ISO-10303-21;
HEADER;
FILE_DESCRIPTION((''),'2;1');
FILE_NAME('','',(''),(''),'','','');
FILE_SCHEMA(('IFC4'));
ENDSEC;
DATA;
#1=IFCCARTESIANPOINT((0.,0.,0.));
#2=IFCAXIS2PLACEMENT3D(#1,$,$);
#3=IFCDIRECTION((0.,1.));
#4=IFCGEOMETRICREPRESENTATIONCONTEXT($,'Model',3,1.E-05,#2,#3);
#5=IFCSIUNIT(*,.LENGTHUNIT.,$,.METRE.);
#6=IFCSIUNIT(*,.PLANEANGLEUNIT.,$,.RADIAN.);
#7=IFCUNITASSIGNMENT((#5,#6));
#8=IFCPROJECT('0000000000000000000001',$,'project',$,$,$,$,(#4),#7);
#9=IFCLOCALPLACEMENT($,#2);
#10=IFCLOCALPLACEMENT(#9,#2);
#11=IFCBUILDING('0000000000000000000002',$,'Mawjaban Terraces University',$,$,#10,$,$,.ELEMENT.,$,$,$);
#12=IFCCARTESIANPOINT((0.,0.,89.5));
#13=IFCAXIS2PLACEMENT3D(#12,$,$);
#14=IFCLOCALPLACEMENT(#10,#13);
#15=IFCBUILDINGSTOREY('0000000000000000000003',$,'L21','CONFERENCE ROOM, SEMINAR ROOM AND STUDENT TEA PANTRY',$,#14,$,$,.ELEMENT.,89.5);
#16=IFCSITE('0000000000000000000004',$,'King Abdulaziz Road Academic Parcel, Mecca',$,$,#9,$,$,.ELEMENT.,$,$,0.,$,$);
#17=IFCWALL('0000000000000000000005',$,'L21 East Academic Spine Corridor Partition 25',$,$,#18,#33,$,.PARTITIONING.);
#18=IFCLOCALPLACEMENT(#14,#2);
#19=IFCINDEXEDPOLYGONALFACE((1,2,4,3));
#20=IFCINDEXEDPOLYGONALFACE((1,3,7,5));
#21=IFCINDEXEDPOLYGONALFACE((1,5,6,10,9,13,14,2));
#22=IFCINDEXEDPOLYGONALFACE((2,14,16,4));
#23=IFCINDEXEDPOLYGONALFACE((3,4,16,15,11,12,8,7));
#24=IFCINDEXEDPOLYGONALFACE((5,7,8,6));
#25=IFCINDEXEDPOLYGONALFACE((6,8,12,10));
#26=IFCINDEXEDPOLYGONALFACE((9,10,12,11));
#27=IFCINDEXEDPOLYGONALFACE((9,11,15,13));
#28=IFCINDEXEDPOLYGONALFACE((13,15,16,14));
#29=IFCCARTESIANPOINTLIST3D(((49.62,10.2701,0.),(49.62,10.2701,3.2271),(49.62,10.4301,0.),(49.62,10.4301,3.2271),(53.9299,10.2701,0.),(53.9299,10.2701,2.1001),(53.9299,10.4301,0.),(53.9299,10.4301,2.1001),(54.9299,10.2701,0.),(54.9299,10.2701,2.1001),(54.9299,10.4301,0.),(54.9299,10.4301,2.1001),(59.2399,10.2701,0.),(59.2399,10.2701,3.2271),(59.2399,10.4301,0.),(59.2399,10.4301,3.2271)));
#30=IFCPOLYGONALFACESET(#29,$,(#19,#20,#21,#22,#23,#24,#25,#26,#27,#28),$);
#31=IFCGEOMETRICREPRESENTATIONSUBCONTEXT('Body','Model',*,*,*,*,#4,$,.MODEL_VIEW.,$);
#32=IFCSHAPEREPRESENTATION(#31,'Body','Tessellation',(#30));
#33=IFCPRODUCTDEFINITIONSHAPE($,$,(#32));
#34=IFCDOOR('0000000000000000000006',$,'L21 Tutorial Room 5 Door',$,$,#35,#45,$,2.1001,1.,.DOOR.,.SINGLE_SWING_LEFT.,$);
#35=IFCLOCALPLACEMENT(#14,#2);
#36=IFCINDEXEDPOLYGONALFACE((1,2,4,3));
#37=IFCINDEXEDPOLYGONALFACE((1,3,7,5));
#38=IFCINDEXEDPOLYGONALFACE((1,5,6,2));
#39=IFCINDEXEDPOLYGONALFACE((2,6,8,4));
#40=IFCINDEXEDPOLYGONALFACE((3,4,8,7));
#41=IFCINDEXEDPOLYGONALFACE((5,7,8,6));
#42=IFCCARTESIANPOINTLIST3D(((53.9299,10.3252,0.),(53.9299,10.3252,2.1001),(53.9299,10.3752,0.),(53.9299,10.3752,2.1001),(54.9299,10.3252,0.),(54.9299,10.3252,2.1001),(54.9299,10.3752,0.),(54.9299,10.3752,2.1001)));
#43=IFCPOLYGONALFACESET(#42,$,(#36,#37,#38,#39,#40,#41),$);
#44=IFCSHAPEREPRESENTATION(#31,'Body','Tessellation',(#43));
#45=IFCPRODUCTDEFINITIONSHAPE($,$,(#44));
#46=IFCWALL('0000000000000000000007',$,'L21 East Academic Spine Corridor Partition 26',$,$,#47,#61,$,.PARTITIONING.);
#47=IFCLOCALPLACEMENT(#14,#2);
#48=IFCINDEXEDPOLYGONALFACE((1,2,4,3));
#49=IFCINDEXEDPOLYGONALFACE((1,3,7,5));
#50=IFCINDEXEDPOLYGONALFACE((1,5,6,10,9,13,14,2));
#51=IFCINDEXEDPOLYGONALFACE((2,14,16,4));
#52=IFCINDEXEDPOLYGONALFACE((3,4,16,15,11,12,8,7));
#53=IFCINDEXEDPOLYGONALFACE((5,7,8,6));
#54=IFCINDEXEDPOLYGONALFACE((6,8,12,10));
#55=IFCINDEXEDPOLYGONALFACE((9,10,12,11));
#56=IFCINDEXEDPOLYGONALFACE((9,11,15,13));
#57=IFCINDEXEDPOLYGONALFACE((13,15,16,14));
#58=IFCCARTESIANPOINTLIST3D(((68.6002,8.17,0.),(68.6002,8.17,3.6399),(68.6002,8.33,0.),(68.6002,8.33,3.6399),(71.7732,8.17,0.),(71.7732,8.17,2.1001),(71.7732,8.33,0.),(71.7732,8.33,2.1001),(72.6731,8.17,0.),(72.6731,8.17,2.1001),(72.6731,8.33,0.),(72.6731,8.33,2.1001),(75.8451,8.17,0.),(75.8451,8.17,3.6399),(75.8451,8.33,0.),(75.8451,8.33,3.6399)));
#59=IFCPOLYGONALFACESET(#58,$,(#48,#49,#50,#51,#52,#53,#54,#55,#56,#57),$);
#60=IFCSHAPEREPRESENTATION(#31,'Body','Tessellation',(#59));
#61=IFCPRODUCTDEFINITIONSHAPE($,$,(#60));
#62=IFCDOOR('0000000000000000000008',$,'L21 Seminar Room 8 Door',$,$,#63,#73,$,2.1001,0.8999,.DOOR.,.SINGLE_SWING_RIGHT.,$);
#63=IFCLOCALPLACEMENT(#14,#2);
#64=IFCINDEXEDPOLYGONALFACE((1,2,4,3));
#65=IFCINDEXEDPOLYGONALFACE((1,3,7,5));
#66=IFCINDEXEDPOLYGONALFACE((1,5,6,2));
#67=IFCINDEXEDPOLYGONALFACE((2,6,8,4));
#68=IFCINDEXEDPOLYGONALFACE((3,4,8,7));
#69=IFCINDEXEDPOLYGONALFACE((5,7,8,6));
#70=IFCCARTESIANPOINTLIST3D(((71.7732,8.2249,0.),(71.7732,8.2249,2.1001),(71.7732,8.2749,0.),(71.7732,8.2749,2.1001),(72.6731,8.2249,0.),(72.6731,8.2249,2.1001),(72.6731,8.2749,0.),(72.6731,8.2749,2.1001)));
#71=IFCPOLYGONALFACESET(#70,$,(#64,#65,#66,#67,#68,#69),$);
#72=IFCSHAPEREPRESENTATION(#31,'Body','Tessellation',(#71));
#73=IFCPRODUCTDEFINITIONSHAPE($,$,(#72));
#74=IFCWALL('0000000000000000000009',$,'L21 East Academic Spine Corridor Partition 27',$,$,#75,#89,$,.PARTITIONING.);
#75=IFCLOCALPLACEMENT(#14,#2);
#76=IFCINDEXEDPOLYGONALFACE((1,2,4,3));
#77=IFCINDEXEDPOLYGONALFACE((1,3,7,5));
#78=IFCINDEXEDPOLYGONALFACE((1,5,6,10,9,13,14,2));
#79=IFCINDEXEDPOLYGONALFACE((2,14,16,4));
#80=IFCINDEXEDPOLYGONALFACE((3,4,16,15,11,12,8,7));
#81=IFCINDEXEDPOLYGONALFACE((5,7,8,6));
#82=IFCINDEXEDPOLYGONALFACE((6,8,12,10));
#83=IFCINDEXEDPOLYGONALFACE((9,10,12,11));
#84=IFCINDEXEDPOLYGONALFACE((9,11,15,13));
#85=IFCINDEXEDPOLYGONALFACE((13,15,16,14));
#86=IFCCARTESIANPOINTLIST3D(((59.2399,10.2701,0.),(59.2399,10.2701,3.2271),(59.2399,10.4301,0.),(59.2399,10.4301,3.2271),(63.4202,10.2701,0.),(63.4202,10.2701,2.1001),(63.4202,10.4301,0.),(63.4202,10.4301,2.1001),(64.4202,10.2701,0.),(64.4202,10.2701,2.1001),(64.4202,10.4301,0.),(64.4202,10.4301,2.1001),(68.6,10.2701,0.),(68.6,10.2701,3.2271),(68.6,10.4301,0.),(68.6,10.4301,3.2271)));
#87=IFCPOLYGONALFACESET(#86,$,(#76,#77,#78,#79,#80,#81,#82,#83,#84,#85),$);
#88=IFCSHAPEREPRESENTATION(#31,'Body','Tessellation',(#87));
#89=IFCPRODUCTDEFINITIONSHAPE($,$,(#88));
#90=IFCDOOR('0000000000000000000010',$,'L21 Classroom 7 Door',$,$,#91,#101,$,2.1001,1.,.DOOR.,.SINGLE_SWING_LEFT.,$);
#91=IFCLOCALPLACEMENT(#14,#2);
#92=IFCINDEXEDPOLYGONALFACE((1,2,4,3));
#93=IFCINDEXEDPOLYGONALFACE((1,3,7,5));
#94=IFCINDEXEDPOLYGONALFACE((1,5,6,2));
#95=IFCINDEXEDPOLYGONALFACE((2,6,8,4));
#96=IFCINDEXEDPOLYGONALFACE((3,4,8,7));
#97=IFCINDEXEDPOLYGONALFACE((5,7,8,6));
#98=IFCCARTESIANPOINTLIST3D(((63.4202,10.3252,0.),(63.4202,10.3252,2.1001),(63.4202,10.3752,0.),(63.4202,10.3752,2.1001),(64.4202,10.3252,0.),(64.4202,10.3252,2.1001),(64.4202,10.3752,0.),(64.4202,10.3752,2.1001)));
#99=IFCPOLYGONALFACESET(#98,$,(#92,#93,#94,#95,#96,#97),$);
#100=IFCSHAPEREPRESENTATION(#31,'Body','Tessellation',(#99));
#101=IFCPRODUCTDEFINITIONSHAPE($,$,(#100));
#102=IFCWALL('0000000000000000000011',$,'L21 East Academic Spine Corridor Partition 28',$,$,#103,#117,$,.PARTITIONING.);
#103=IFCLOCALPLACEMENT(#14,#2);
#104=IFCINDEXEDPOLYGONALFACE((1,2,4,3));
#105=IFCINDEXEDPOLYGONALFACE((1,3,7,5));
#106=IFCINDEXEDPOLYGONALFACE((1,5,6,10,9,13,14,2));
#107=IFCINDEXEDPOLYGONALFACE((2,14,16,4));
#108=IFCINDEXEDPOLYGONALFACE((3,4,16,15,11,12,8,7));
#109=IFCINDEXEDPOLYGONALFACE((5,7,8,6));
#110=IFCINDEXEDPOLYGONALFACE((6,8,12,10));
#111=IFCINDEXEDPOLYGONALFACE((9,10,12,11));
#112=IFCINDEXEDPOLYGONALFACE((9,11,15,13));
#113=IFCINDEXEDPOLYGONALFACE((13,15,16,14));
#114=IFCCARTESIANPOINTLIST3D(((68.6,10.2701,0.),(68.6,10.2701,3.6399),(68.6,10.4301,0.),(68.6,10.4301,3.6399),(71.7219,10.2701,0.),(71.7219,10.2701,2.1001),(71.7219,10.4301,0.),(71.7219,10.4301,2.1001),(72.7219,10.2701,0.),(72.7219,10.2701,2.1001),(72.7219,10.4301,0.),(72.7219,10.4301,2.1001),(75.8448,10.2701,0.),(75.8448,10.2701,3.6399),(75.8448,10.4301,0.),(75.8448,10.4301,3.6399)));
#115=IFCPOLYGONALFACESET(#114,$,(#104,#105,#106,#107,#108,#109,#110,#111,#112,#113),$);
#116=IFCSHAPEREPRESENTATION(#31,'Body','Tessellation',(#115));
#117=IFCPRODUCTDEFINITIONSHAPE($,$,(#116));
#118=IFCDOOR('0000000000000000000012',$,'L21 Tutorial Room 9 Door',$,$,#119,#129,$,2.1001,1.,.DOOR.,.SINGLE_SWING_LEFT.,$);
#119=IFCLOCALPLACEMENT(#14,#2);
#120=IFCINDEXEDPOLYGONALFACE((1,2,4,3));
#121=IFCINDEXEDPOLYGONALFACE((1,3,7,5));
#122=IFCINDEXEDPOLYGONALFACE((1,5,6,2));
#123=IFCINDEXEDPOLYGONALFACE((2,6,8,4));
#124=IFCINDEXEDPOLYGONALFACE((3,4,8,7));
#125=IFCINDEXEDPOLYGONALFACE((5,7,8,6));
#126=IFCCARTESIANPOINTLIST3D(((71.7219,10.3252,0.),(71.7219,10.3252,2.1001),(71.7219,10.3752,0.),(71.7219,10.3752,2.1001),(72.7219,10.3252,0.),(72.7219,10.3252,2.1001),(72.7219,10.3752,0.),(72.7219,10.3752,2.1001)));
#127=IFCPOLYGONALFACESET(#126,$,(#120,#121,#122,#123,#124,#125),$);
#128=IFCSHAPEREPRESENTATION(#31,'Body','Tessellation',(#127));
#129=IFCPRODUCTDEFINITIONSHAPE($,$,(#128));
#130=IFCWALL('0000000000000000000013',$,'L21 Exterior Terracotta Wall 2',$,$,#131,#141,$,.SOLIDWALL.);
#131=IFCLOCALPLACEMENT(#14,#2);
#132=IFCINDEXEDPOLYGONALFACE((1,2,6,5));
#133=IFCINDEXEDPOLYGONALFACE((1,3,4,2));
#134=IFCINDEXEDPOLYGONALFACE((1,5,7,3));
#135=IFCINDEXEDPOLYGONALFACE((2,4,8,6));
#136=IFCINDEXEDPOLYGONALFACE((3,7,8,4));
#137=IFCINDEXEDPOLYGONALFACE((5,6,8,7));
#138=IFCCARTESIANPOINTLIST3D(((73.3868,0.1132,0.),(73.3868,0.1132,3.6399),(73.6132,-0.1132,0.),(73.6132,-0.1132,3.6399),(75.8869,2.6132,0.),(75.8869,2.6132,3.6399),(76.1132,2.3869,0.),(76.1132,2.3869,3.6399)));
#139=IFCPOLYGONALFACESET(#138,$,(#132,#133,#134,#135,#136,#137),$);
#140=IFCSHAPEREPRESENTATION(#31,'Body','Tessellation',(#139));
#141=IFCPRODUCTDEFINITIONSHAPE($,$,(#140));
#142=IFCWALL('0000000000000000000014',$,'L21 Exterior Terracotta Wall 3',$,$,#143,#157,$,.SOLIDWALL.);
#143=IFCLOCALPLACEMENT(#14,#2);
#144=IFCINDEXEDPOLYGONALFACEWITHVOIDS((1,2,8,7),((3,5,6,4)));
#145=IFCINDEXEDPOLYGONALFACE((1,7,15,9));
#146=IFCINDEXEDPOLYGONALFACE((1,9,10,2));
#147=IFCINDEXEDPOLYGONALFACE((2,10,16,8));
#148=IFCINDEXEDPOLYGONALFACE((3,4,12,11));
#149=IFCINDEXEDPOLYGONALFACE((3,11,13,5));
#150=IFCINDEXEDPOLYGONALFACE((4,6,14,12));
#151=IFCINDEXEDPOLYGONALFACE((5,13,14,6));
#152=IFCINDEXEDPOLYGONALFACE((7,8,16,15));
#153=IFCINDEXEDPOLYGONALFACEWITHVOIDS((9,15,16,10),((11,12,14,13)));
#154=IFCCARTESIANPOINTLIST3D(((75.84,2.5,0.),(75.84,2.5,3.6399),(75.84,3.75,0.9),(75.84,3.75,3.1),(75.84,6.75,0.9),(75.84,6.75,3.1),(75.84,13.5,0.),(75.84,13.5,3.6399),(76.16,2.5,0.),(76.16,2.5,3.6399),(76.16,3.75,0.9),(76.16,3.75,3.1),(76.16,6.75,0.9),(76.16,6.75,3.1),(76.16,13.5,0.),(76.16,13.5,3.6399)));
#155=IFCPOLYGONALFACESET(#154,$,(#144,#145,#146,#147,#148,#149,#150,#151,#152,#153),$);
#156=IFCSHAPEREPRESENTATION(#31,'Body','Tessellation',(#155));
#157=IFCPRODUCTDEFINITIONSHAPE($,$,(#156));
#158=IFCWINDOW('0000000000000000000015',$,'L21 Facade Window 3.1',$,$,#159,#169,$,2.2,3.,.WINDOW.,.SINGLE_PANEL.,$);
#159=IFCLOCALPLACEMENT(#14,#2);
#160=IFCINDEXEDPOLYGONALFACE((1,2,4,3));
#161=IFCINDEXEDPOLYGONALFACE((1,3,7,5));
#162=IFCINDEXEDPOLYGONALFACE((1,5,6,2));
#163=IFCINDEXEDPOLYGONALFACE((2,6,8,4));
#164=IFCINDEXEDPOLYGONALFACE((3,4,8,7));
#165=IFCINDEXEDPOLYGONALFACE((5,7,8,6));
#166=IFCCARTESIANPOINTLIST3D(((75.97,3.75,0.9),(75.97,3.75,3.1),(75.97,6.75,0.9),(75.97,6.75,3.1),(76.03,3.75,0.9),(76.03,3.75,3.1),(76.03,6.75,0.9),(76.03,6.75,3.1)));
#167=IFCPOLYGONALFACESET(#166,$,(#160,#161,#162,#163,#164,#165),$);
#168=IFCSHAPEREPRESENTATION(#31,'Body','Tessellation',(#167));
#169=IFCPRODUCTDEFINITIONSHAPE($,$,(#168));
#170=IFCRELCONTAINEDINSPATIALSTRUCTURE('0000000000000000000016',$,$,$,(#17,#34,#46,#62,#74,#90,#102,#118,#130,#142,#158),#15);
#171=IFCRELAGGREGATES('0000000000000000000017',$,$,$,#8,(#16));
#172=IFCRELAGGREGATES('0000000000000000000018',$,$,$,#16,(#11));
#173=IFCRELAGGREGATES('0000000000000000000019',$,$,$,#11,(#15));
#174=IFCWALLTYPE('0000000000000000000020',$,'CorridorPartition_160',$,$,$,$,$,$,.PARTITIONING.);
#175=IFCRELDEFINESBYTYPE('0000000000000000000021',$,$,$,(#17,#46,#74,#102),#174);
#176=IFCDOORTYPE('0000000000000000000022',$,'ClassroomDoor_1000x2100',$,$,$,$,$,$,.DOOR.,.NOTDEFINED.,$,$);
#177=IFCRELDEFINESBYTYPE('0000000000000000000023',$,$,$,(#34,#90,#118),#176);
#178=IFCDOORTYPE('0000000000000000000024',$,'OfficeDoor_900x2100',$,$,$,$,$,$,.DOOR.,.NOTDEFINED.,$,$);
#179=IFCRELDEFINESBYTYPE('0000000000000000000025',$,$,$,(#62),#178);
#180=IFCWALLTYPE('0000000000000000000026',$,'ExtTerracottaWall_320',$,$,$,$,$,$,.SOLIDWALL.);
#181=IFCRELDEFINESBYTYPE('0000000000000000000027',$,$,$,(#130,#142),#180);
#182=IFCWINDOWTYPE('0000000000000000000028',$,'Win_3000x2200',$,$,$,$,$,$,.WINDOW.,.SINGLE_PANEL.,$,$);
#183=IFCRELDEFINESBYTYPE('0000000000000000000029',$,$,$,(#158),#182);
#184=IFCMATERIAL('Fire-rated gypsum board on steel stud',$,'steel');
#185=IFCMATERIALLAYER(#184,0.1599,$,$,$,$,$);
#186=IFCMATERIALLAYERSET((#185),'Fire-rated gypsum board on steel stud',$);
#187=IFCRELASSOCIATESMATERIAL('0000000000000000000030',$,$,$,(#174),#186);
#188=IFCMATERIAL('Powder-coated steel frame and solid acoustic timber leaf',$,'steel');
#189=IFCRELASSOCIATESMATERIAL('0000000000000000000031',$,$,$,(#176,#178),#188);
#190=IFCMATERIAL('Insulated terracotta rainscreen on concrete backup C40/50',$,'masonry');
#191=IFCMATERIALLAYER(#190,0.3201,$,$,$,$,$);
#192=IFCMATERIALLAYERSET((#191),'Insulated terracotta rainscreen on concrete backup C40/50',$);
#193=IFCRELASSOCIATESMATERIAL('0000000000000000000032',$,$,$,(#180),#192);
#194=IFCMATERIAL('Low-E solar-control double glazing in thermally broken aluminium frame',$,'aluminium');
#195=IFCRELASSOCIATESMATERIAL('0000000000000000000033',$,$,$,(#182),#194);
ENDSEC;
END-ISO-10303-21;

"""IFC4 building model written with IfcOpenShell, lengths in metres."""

from ifc_helpers import new_model, si_unit, direction, frame, frame_2d, origin, place, context, subcontext, project, spatial, rectangle, extrude, material, layer, layer_set, type_object, element, fill, save


model = new_model("IFC4")

# Units and contexts
model_context = context("Model", 3, precision=1e-05, world=origin(), true_north=direction((0.0, 1.0)))
body_context = subcontext(model_context, "Body", "Model", "MODEL_VIEW")
ifc_project = project(units=[si_unit("LENGTHUNIT", "METRE"), si_unit("PLANEANGLEUNIT", "RADIAN")], contexts=[model_context])

# Site, building, storey
site_placement = place(None, origin())
site = spatial("IfcSite", under=ifc_project, at=site_placement, Name="King Abdulaziz Road Academic Parcel, Mecca", CompositionType="ELEMENT", RefElevation=0.0)
building_placement = place(site_placement, origin())
building = spatial("IfcBuilding", under=site, at=building_placement, Name="Mawjaban Terraces University", CompositionType="ELEMENT")
storey_placement = place(building_placement, frame((0.0, 0.0, 89.5)))
storey = spatial("IfcBuildingStorey", under=building, at=storey_placement, Name="L21", Description="CONFERENCE ROOM, SEMINAR ROOM AND STUDENT TEA PANTRY", CompositionType="ELEMENT", Elevation=89.5)

# Walls, openings, doors
ifc_material_1 = material(Name="Fire-rated gypsum board on steel stud", Category="steel")
ifc_layer_1 = layer(ifc_material_1, 0.1599)
ifc_layer_set_1 = layer_set([ifc_layer_1], Name="Fire-rated gypsum board on steel stud")
wall_type_1 = type_object("IfcWallType", Name="CorridorPartition_160", PredefinedType="PARTITIONING", material=ifc_layer_set_1)
wall_1_placement = place(storey_placement, frame((59.24, 10.3501, 0.0), z_axis=(0.0, 0.0, 1.0), x_axis=(-1.0, 0.0, 0.0)))
wall_1 = element("IfcWall", 1, at=wall_1_placement, inside=storey, type_object=wall_type_1, Name="L21 East Academic Spine Corridor Partition 25", PredefinedType="PARTITIONING", context=body_context, shape_type="SweptSolid", body=[
    extrude(rectangle(XDim=9.6199, YDim=0.1599, at=frame_2d((4.8101, 0.0))), origin(), (0.0, 0.0, 1.0), 3.2271),
])
opening_1_placement = place(wall_1_placement, frame((4.3101, 0.0, 0.0)))
opening_1 = element("IfcOpeningElement", 2, at=opening_1_placement, cuts=wall_1, PredefinedType="OPENING", context=body_context, shape_type="SweptSolid", body=[
    extrude(rectangle(XDim=1.0, YDim=2.1001, at=frame_2d((0.5, 1.05))), frame((0.0, 0.0898, 0.0), z_axis=(0.0, -1.0, 0.0), x_axis=(1.0, 0.0, 0.0)), (0.0, 0.0, 1.0), 0.1799),
])
ifc_material_2 = material(Name="Powder-coated steel frame and solid acoustic timber leaf", Category="steel")
door_type_1 = type_object("IfcDoorType", Name="ClassroomDoor_1000x2100", OperationType="NOTDEFINED", PredefinedType="DOOR", material=ifc_material_2)
door_1_placement = place(opening_1_placement, origin())
door_1 = element("IfcDoor", 3, at=door_1_placement, inside=storey, type_object=door_type_1, Name="L21 Tutorial Room 5 Door", OperationType="SINGLE_SWING_LEFT", OverallHeight=2.1001, OverallWidth=1.0, PredefinedType="DOOR", context=body_context, shape_type="SweptSolid", body=[
    extrude(rectangle(XDim=1.0, YDim=2.1001, at=frame_2d((0.5, 1.05))), frame((0.0, 0.0249, 0.0), z_axis=(0.0, -1.0, 0.0), x_axis=(1.0, 0.0, 0.0)), (0.0, 0.0, 1.0), 0.05),
])
fill(opening_1, door_1)
wall_2_placement = place(storey_placement, frame((68.6001, 8.25, 0.0), z_axis=(0.0, 0.0, 1.0), x_axis=(1.0, 0.0, 0.0)))
wall_2 = element("IfcWall", 4, at=wall_2_placement, inside=storey, type_object=wall_type_1, Name="L21 East Academic Spine Corridor Partition 26", PredefinedType="PARTITIONING", context=body_context, shape_type="SweptSolid", body=[
    extrude(rectangle(XDim=7.2449, YDim=0.1599, at=frame_2d((3.6226, 0.0))), origin(), (0.0, 0.0, 1.0), 3.6399),
])
opening_2_placement = place(wall_2_placement, frame((3.1731, 0.0, 0.0)))
opening_2 = element("IfcOpeningElement", 5, at=opening_2_placement, cuts=wall_2, PredefinedType="OPENING", context=body_context, shape_type="SweptSolid", body=[
    extrude(rectangle(XDim=0.8999, YDim=2.1001, at=frame_2d((0.45, 1.05))), frame((0.0, 0.0898, 0.0), z_axis=(0.0, -1.0, 0.0), x_axis=(1.0, 0.0, 0.0)), (0.0, 0.0, 1.0), 0.1799),
])
door_type_2 = type_object("IfcDoorType", Name="OfficeDoor_900x2100", OperationType="NOTDEFINED", PredefinedType="DOOR", material=ifc_material_2)
door_2_placement = place(opening_2_placement, origin())
door_2 = element("IfcDoor", 6, at=door_2_placement, inside=storey, type_object=door_type_2, Name="L21 Seminar Room 8 Door", OperationType="SINGLE_SWING_RIGHT", OverallHeight=2.1001, OverallWidth=0.8999, PredefinedType="DOOR", context=body_context, shape_type="SweptSolid", body=[
    extrude(rectangle(XDim=0.8999, YDim=2.1001, at=frame_2d((0.45, 1.05))), frame((0.0, 0.0249, 0.0), z_axis=(0.0, -1.0, 0.0), x_axis=(1.0, 0.0, 0.0)), (0.0, 0.0, 1.0), 0.05),
])
fill(opening_2, door_2)
wall_3_placement = place(storey_placement, frame((68.6001, 10.3501, 0.0), z_axis=(0.0, 0.0, 1.0), x_axis=(-1.0, 0.0, 0.0)))
wall_3 = element("IfcWall", 7, at=wall_3_placement, inside=storey, type_object=wall_type_1, Name="L21 East Academic Spine Corridor Partition 27", PredefinedType="PARTITIONING", context=body_context, shape_type="SweptSolid", body=[
    extrude(rectangle(XDim=9.3601, YDim=0.1599, at=frame_2d((4.6802, 0.0))), origin(), (0.0, 0.0, 1.0), 3.2271),
])
opening_3_placement = place(wall_3_placement, frame((4.1799, 0.0, 0.0)))
opening_3 = element("IfcOpeningElement", 8, at=opening_3_placement, cuts=wall_3, PredefinedType="OPENING", context=body_context, shape_type="SweptSolid", body=[
    extrude(rectangle(XDim=1.0, YDim=2.1001, at=frame_2d((0.5, 1.05))), frame((0.0, 0.0898, 0.0), z_axis=(0.0, -1.0, 0.0), x_axis=(1.0, 0.0, 0.0)), (0.0, 0.0, 1.0), 0.1799),
])
door_3_placement = place(opening_3_placement, origin())
door_3 = element("IfcDoor", 9, at=door_3_placement, inside=storey, type_object=door_type_1, Name="L21 Classroom 7 Door", OperationType="SINGLE_SWING_LEFT", OverallHeight=2.1001, OverallWidth=1.0, PredefinedType="DOOR", context=body_context, shape_type="SweptSolid", body=[
    extrude(rectangle(XDim=1.0, YDim=2.1001, at=frame_2d((0.5, 1.05))), frame((0.0, 0.0249, 0.0), z_axis=(0.0, -1.0, 0.0), x_axis=(1.0, 0.0, 0.0)), (0.0, 0.0, 1.0), 0.05),
])
fill(opening_3, door_3)
wall_4_placement = place(storey_placement, frame((75.845, 10.3501, 0.0), z_axis=(0.0, 0.0, 1.0), x_axis=(-1.0, 0.0, 0.0)))
wall_4 = element("IfcWall", 10, at=wall_4_placement, inside=storey, type_object=wall_type_1, Name="L21 East Academic Spine Corridor Partition 28", PredefinedType="PARTITIONING", context=body_context, shape_type="SweptSolid", body=[
    extrude(rectangle(XDim=7.2449, YDim=0.1599, at=frame_2d((3.6226, 0.0))), origin(), (0.0, 0.0, 1.0), 3.6399),
])
opening_4_placement = place(wall_4_placement, frame((3.123, 0.0, 0.0)))
opening_4 = element("IfcOpeningElement", 11, at=opening_4_placement, cuts=wall_4, PredefinedType="OPENING", context=body_context, shape_type="SweptSolid", body=[
    extrude(rectangle(XDim=1.0, YDim=2.1001, at=frame_2d((0.5, 1.05))), frame((0.0, 0.0898, 0.0), z_axis=(0.0, -1.0, 0.0), x_axis=(1.0, 0.0, 0.0)), (0.0, 0.0, 1.0), 0.1799),
])
door_4_placement = place(opening_4_placement, origin())
door_4 = element("IfcDoor", 12, at=door_4_placement, inside=storey, type_object=door_type_1, Name="L21 Tutorial Room 9 Door", OperationType="SINGLE_SWING_LEFT", OverallHeight=2.1001, OverallWidth=1.0, PredefinedType="DOOR", context=body_context, shape_type="SweptSolid", body=[
    extrude(rectangle(XDim=1.0, YDim=2.1001, at=frame_2d((0.5, 1.05))), frame((0.0, 0.0249, 0.0), z_axis=(0.0, -1.0, 0.0), x_axis=(1.0, 0.0, 0.0)), (0.0, 0.0, 1.0), 0.05),
])
fill(opening_4, door_4)

# Wall
ifc_material_3 = material(Name="Insulated terracotta rainscreen on concrete backup C40/50", Category="masonry")
ifc_layer_2 = layer(ifc_material_3, 0.3201)
ifc_layer_set_2 = layer_set([ifc_layer_2], Name="Insulated terracotta rainscreen on concrete backup C40/50")
wall_type_2 = type_object("IfcWallType", Name="ExtTerracottaWall_320", PredefinedType="SOLIDWALL", material=ifc_layer_set_2)
wall_5_placement = place(storey_placement, frame((73.5, 0.0, 0.0), z_axis=(0.0, 0.0, 1.0), x_axis=(0.707107, 0.707107, 0.0)))
element("IfcWall", 13, at=wall_5_placement, inside=storey, type_object=wall_type_2, Name="L21 Exterior Terracotta Wall 2", PredefinedType="SOLIDWALL", context=body_context, shape_type="SweptSolid", body=[
    extrude(rectangle(XDim=3.5356, YDim=0.3201, at=frame_2d((1.7678, 0.0))), origin(), (0.0, 0.0, 1.0), 3.6399),
])

# Wall, opening, window
wall_6_placement = place(storey_placement, frame((76.0, 2.5, 0.0), z_axis=(0.0, 0.0, 1.0), x_axis=(0.0, 1.0, 0.0)))
wall_6 = element("IfcWall", 14, at=wall_6_placement, inside=storey, type_object=wall_type_2, Name="L21 Exterior Terracotta Wall 3", PredefinedType="SOLIDWALL", context=body_context, shape_type="SweptSolid", body=[
    extrude(rectangle(XDim=11.0, YDim=0.3201, at=frame_2d((5.5, 0.0))), origin(), (0.0, 0.0, 1.0), 3.6399),
])
opening_5_placement = place(wall_6_placement, frame((1.25, 0.0, 0.8999)))
opening_5 = element("IfcOpeningElement", 15, at=opening_5_placement, cuts=wall_6, PredefinedType="OPENING", context=body_context, shape_type="SweptSolid", body=[
    extrude(rectangle(XDim=3.0, YDim=2.2, at=frame_2d((1.5, 1.1001))), frame((0.0, 0.1699, 0.0), z_axis=(0.0, -1.0, 0.0), x_axis=(1.0, 0.0, 0.0)), (0.0, 0.0, 1.0), 0.3401),
])
ifc_material_4 = material(Name="Low-E solar-control double glazing in thermally broken aluminium frame", Category="aluminium")
window_type = type_object("IfcWindowType", Name="Win_3000x2200", PartitioningType="SINGLE_PANEL", PredefinedType="WINDOW", material=ifc_material_4)
window_placement = place(opening_5_placement, origin())
window = element("IfcWindow", 16, at=window_placement, inside=storey, type_object=window_type, Name="L21 Facade Window 3.1", OverallHeight=2.2, OverallWidth=3.0, PartitioningType="SINGLE_PANEL", PredefinedType="WINDOW", context=body_context, shape_type="SweptSolid", body=[
    extrude(rectangle(XDim=3.0, YDim=2.2, at=frame_2d((1.5, 1.1001))), frame((0.0, 0.03, 0.0), z_axis=(0.0, -1.0, 0.0), x_axis=(1.0, 0.0, 0.0)), (0.0, 0.0, 1.0), 0.0601),
])
fill(opening_5, window)

save(model, "model.ifc")
